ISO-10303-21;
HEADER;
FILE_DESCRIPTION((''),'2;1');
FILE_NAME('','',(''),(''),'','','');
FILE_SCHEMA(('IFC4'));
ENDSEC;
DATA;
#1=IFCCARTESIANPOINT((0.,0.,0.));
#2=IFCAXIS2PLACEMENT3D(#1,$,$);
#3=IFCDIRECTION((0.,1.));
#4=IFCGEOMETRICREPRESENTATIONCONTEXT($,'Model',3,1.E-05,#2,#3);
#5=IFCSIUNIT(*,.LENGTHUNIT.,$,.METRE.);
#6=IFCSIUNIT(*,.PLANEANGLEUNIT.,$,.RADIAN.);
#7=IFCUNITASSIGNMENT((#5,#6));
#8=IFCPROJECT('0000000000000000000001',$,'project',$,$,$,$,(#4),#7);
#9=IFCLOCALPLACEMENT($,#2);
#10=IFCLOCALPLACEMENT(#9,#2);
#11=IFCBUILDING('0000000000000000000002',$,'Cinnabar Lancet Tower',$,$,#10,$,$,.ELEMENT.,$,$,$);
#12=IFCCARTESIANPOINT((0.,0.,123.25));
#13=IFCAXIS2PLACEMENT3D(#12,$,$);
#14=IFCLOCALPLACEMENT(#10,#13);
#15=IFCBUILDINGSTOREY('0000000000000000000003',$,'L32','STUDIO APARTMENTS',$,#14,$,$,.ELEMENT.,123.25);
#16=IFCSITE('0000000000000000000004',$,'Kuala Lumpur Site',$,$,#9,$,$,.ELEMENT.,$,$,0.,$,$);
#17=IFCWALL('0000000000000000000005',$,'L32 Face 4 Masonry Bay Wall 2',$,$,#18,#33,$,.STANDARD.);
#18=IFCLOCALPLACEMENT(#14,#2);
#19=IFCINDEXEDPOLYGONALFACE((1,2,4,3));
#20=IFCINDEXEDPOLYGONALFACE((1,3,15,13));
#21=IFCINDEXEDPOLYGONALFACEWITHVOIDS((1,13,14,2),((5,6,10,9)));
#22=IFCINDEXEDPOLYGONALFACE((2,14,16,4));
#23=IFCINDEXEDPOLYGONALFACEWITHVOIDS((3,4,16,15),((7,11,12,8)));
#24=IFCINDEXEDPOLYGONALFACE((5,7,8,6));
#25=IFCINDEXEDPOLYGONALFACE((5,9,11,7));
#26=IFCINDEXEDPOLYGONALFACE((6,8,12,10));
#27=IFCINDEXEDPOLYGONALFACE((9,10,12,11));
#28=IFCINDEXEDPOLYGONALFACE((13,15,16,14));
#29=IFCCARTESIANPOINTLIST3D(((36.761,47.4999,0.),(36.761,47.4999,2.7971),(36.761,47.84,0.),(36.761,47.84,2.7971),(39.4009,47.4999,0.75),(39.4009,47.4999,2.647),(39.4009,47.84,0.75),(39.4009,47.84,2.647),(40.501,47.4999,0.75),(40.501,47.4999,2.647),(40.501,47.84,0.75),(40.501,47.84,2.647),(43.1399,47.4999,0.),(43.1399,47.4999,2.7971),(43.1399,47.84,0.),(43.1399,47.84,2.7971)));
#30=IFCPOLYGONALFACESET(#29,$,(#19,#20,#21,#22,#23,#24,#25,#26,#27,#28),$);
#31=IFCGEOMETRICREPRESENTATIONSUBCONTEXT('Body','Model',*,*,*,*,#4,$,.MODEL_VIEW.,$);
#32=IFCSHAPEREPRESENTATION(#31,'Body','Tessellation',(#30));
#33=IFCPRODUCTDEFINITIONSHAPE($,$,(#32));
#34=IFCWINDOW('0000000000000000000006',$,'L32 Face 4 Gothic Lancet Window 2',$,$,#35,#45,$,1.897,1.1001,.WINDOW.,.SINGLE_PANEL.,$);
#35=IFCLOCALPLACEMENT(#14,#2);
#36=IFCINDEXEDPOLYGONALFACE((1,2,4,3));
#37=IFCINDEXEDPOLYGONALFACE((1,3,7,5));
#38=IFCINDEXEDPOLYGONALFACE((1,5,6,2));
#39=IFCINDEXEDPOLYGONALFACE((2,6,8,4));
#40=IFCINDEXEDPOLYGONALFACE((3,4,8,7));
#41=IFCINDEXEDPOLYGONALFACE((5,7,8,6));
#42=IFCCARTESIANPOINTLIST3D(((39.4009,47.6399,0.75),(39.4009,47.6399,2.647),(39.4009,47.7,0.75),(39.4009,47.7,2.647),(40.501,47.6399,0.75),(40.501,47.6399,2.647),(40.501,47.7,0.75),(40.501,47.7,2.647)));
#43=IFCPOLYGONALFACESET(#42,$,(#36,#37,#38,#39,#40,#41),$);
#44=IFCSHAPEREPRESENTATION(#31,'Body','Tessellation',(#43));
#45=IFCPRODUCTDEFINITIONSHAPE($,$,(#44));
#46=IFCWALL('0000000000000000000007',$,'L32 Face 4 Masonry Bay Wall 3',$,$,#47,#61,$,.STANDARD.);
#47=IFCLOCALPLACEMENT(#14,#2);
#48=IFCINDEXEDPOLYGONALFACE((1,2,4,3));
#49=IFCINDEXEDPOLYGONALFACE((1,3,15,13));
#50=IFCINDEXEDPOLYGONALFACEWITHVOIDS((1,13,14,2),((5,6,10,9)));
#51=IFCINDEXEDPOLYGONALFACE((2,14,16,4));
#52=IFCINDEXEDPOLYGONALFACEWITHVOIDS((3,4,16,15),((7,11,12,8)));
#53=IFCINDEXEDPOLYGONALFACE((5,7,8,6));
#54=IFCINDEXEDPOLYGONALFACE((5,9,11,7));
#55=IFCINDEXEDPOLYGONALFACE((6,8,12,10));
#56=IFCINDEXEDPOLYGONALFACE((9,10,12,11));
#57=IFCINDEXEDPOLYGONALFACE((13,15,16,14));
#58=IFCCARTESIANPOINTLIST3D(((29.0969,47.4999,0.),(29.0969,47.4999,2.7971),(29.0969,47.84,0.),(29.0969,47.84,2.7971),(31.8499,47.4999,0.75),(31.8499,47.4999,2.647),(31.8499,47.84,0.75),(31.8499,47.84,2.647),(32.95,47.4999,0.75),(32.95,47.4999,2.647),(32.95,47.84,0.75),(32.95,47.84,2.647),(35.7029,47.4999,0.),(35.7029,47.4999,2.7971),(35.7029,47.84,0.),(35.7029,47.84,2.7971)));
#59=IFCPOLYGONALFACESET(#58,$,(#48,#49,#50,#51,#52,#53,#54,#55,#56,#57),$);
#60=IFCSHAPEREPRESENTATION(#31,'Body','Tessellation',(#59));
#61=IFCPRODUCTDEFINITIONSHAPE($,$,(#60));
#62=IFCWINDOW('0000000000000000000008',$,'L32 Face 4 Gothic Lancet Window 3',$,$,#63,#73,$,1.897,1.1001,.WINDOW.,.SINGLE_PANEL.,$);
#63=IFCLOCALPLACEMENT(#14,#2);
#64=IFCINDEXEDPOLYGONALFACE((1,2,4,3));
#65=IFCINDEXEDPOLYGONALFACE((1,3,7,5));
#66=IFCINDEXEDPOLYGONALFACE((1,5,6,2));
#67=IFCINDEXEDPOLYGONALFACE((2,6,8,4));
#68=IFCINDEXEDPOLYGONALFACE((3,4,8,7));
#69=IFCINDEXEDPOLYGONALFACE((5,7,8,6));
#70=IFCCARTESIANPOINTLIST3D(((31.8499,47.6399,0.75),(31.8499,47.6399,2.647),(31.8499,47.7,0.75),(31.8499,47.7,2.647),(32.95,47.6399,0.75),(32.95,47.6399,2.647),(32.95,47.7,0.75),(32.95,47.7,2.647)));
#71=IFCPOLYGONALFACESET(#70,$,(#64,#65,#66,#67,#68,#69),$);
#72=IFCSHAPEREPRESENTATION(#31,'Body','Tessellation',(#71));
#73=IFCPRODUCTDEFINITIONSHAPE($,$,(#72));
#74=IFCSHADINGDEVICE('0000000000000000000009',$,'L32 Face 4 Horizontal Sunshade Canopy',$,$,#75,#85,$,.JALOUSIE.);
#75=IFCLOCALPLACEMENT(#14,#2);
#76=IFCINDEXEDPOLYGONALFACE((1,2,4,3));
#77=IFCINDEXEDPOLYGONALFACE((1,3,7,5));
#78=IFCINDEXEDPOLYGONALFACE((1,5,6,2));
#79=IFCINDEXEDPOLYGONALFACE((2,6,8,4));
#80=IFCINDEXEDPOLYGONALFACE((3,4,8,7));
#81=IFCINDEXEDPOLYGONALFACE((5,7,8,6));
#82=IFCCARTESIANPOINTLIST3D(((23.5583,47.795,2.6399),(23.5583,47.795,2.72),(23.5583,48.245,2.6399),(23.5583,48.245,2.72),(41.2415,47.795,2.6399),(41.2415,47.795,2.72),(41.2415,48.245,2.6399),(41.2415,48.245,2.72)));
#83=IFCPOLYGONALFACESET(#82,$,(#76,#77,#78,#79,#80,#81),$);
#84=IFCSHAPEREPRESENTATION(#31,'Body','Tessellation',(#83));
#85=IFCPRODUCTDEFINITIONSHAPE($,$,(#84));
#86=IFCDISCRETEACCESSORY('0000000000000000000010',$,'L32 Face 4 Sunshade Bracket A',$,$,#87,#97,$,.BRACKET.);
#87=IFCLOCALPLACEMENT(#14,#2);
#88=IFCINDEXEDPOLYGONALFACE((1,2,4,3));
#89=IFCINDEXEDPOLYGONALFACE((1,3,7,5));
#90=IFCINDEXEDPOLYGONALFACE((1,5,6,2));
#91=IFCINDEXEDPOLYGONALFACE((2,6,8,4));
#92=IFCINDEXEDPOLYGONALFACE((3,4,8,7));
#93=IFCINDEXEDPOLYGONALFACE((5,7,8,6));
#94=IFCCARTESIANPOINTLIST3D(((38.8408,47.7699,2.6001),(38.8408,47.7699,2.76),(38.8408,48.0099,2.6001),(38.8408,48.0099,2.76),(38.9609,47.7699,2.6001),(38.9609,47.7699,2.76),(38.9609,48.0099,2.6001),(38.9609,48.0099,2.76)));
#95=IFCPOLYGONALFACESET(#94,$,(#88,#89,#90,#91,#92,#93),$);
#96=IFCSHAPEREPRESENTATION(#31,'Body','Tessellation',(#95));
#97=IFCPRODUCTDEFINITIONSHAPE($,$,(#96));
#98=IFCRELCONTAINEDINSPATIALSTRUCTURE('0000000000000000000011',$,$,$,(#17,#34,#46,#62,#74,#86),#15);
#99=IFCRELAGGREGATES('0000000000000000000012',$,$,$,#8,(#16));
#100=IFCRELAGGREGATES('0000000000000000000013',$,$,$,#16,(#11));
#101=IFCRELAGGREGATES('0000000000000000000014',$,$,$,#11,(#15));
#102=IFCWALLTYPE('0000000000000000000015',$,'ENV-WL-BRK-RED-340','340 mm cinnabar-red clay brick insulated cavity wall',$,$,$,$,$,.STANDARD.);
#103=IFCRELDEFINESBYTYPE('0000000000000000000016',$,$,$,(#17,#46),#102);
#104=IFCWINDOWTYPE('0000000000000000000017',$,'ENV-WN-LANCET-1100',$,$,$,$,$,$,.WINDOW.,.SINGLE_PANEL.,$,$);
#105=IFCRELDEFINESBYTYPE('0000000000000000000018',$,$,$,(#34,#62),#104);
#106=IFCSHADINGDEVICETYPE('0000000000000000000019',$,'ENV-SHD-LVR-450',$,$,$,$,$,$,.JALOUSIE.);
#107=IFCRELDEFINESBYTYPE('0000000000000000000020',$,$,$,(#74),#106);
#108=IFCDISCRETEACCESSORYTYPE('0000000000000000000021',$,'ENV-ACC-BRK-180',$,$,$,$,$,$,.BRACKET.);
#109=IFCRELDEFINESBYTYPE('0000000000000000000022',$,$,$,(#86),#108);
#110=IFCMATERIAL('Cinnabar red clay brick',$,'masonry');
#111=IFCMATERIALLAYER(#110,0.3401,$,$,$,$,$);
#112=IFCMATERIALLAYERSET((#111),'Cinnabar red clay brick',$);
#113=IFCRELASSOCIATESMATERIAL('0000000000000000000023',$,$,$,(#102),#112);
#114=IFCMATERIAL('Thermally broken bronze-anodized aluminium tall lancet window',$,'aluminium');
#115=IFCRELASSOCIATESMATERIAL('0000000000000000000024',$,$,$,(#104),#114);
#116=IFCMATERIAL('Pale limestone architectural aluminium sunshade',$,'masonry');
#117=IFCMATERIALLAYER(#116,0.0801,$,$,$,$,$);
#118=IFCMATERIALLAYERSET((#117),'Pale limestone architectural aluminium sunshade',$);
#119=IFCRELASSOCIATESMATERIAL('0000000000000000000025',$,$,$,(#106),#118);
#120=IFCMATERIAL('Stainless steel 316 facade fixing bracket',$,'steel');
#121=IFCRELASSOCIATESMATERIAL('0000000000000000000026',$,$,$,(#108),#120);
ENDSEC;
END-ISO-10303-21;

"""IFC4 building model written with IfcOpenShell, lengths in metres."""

from ifc_helpers import new_model, si_unit, direction, frame, frame_2d, origin, origin_2d, place, context, subcontext, project, spatial, rectangle, extrude, material, layer, layer_set, type_object, element, fill, save


model = new_model("IFC4")

# Units and contexts
model_context = context("Model", 3, precision=1e-05, world=origin(), true_north=direction((0.0, 1.0)))
body_context = subcontext(model_context, "Body", "Model", "MODEL_VIEW")
ifc_project = project(units=[si_unit("LENGTHUNIT", "METRE"), si_unit("PLANEANGLEUNIT", "RADIAN")], contexts=[model_context])

# Site, building, storey
site_placement = place(None, origin())
site = spatial("IfcSite", under=ifc_project, at=site_placement, Name="Kuala Lumpur Site", CompositionType="ELEMENT", RefElevation=0.0)
building_placement = place(site_placement, origin())
building = spatial("IfcBuilding", under=site, at=building_placement, Name="Cinnabar Lancet Tower", CompositionType="ELEMENT")
storey_placement = place(building_placement, frame((0.0, 0.0, 123.25)))
storey = spatial("IfcBuildingStorey", under=building, at=storey_placement, Name="L32", Description="STUDIO APARTMENTS", CompositionType="ELEMENT", Elevation=123.25)

# Walls, openings, windows
ifc_material_1 = material(Name="Cinnabar red clay brick", Category="masonry")
ifc_layer_1 = layer(ifc_material_1, 0.3401)
ifc_layer_set_1 = layer_set([ifc_layer_1], Name="Cinnabar red clay brick")
wall_type_1 = type_object("IfcWallType", Name="ENV-WL-BRK-RED-340", Description="340 mm cinnabar-red clay brick insulated cavity wall", PredefinedType="STANDARD", material=ifc_layer_set_1)
wall_1_placement = place(storey_placement, frame((43.1399, 47.6699, 0.0), z_axis=(0.0, 0.0, 1.0), x_axis=(-1.0, 0.0, 0.0)))
wall_1 = element("IfcWall", 1, at=wall_1_placement, inside=storey, type_object=wall_type_1, Name="L32 Face 4 Masonry Bay Wall 2", PredefinedType="STANDARD", context=body_context, shape_type="SweptSolid", body=[
    extrude(rectangle(XDim=6.3789, YDim=0.3401, at=frame_2d((3.1895, 0.0))), origin(), (0.0, 0.0, 1.0), 2.7971),
])
opening_1_placement = place(wall_1_placement, frame((2.6389, 0.0, 0.75)))
opening_1 = element("IfcOpeningElement", 2, at=opening_1_placement, cuts=wall_1, PredefinedType="OPENING", context=body_context, shape_type="SweptSolid", body=[
    extrude(rectangle(XDim=1.1001, YDim=1.897, at=frame_2d((0.55, 0.9485))), frame((0.0, 0.1799, 0.0), z_axis=(0.0, -1.0, 0.0), x_axis=(1.0, 0.0, 0.0)), (0.0, 0.0, 1.0), 0.3601),
])
ifc_material_2 = material(Name="Thermally broken bronze-anodized aluminium tall lancet window", Category="aluminium")
window_type = type_object("IfcWindowType", Name="ENV-WN-LANCET-1100", PartitioningType="SINGLE_PANEL", PredefinedType="WINDOW", material=ifc_material_2)
window_1_placement = place(opening_1_placement, origin())
window_1 = element("IfcWindow", 3, at=window_1_placement, inside=storey, type_object=window_type, Name="L32 Face 4 Gothic Lancet Window 2", OverallHeight=1.897, OverallWidth=1.1001, PartitioningType="SINGLE_PANEL", PredefinedType="WINDOW", context=body_context, shape_type="SweptSolid", body=[
    extrude(rectangle(XDim=1.1001, YDim=1.897, at=frame_2d((0.55, 0.9485))), frame((0.0, 0.03, 0.0), z_axis=(0.0, -1.0, 0.0), x_axis=(1.0, 0.0, 0.0)), (0.0, 0.0, 1.0), 0.0601),
])
fill(opening_1, window_1)
wall_2_placement = place(storey_placement, frame((35.7029, 47.6699, 0.0), z_axis=(0.0, 0.0, 1.0), x_axis=(-1.0, 0.0, 0.0)))
wall_2 = element("IfcWall", 4, at=wall_2_placement, inside=storey, type_object=wall_type_1, Name="L32 Face 4 Masonry Bay Wall 3", PredefinedType="STANDARD", context=body_context, shape_type="SweptSolid", body=[
    extrude(rectangle(XDim=6.606, YDim=0.3401, at=frame_2d((3.303, 0.0))), origin(), (0.0, 0.0, 1.0), 2.7971),
])
opening_2_placement = place(wall_2_placement, frame((2.7529, 0.0, 0.75)))
opening_2 = element("IfcOpeningElement", 5, at=opening_2_placement, cuts=wall_2, PredefinedType="OPENING", context=body_context, shape_type="SweptSolid", body=[
    extrude(rectangle(XDim=1.1001, YDim=1.897, at=frame_2d((0.55, 0.9485))), frame((0.0, 0.1799, 0.0), z_axis=(0.0, -1.0, 0.0), x_axis=(1.0, 0.0, 0.0)), (0.0, 0.0, 1.0), 0.3601),
])
window_2_placement = place(opening_2_placement, origin())
window_2 = element("IfcWindow", 6, at=window_2_placement, inside=storey, type_object=window_type, Name="L32 Face 4 Gothic Lancet Window 3", OverallHeight=1.897, OverallWidth=1.1001, PartitioningType="SINGLE_PANEL", PredefinedType="WINDOW", context=body_context, shape_type="SweptSolid", body=[
    extrude(rectangle(XDim=1.1001, YDim=1.897, at=frame_2d((0.55, 0.9485))), frame((0.0, 0.03, 0.0), z_axis=(0.0, -1.0, 0.0), x_axis=(1.0, 0.0, 0.0)), (0.0, 0.0, 1.0), 0.0601),
])
fill(opening_2, window_2)

# Shading device
ifc_material_3 = material(Name="Pale limestone architectural aluminium sunshade", Category="masonry")
ifc_layer_2 = layer(ifc_material_3, 0.0801)
ifc_layer_set_2 = layer_set([ifc_layer_2], Name="Pale limestone architectural aluminium sunshade")
shading_device_type = type_object("IfcShadingDeviceType", Name="ENV-SHD-LVR-450", PredefinedType="JALOUSIE", material=ifc_layer_set_2)
shading_device_placement = place(storey_placement, frame((32.3999, 48.02, 2.6399), z_axis=(0.0, 0.0, 1.0), x_axis=(-1.0, 0.0, 0.0)))
element("IfcShadingDevice", 7, at=shading_device_placement, inside=storey, type_object=shading_device_type, Name="L32 Face 4 Horizontal Sunshade Canopy", PredefinedType="JALOUSIE", context=body_context, shape_type="SweptSolid", body=[
    extrude(rectangle(XDim=17.6831, YDim=0.45, at=origin_2d()), origin(), (0.0, 0.0, 1.0), 0.0801),
])

# Discrete accessory
ifc_material_4 = material(Name="Stainless steel 316 facade fixing bracket", Category="steel")
discrete_accessory_type = type_object("IfcDiscreteAccessoryType", Name="ENV-ACC-BRK-180", PredefinedType="BRACKET", material=ifc_material_4)
discrete_accessory_placement = place(storey_placement, frame((38.9009, 47.8899, 2.6001), z_axis=(0.0, 0.0, 1.0), x_axis=(-1.0, 0.0, 0.0)))
element("IfcDiscreteAccessory", 8, at=discrete_accessory_placement, inside=storey, type_object=discrete_accessory_type, Name="L32 Face 4 Sunshade Bracket A", PredefinedType="BRACKET", context=body_context, shape_type="SweptSolid", body=[
    extrude(rectangle(XDim=0.1201, YDim=0.24, at=origin_2d()), origin(), (0.0, 0.0, 1.0), 0.1599),
])

save(model, "model.ifc")
